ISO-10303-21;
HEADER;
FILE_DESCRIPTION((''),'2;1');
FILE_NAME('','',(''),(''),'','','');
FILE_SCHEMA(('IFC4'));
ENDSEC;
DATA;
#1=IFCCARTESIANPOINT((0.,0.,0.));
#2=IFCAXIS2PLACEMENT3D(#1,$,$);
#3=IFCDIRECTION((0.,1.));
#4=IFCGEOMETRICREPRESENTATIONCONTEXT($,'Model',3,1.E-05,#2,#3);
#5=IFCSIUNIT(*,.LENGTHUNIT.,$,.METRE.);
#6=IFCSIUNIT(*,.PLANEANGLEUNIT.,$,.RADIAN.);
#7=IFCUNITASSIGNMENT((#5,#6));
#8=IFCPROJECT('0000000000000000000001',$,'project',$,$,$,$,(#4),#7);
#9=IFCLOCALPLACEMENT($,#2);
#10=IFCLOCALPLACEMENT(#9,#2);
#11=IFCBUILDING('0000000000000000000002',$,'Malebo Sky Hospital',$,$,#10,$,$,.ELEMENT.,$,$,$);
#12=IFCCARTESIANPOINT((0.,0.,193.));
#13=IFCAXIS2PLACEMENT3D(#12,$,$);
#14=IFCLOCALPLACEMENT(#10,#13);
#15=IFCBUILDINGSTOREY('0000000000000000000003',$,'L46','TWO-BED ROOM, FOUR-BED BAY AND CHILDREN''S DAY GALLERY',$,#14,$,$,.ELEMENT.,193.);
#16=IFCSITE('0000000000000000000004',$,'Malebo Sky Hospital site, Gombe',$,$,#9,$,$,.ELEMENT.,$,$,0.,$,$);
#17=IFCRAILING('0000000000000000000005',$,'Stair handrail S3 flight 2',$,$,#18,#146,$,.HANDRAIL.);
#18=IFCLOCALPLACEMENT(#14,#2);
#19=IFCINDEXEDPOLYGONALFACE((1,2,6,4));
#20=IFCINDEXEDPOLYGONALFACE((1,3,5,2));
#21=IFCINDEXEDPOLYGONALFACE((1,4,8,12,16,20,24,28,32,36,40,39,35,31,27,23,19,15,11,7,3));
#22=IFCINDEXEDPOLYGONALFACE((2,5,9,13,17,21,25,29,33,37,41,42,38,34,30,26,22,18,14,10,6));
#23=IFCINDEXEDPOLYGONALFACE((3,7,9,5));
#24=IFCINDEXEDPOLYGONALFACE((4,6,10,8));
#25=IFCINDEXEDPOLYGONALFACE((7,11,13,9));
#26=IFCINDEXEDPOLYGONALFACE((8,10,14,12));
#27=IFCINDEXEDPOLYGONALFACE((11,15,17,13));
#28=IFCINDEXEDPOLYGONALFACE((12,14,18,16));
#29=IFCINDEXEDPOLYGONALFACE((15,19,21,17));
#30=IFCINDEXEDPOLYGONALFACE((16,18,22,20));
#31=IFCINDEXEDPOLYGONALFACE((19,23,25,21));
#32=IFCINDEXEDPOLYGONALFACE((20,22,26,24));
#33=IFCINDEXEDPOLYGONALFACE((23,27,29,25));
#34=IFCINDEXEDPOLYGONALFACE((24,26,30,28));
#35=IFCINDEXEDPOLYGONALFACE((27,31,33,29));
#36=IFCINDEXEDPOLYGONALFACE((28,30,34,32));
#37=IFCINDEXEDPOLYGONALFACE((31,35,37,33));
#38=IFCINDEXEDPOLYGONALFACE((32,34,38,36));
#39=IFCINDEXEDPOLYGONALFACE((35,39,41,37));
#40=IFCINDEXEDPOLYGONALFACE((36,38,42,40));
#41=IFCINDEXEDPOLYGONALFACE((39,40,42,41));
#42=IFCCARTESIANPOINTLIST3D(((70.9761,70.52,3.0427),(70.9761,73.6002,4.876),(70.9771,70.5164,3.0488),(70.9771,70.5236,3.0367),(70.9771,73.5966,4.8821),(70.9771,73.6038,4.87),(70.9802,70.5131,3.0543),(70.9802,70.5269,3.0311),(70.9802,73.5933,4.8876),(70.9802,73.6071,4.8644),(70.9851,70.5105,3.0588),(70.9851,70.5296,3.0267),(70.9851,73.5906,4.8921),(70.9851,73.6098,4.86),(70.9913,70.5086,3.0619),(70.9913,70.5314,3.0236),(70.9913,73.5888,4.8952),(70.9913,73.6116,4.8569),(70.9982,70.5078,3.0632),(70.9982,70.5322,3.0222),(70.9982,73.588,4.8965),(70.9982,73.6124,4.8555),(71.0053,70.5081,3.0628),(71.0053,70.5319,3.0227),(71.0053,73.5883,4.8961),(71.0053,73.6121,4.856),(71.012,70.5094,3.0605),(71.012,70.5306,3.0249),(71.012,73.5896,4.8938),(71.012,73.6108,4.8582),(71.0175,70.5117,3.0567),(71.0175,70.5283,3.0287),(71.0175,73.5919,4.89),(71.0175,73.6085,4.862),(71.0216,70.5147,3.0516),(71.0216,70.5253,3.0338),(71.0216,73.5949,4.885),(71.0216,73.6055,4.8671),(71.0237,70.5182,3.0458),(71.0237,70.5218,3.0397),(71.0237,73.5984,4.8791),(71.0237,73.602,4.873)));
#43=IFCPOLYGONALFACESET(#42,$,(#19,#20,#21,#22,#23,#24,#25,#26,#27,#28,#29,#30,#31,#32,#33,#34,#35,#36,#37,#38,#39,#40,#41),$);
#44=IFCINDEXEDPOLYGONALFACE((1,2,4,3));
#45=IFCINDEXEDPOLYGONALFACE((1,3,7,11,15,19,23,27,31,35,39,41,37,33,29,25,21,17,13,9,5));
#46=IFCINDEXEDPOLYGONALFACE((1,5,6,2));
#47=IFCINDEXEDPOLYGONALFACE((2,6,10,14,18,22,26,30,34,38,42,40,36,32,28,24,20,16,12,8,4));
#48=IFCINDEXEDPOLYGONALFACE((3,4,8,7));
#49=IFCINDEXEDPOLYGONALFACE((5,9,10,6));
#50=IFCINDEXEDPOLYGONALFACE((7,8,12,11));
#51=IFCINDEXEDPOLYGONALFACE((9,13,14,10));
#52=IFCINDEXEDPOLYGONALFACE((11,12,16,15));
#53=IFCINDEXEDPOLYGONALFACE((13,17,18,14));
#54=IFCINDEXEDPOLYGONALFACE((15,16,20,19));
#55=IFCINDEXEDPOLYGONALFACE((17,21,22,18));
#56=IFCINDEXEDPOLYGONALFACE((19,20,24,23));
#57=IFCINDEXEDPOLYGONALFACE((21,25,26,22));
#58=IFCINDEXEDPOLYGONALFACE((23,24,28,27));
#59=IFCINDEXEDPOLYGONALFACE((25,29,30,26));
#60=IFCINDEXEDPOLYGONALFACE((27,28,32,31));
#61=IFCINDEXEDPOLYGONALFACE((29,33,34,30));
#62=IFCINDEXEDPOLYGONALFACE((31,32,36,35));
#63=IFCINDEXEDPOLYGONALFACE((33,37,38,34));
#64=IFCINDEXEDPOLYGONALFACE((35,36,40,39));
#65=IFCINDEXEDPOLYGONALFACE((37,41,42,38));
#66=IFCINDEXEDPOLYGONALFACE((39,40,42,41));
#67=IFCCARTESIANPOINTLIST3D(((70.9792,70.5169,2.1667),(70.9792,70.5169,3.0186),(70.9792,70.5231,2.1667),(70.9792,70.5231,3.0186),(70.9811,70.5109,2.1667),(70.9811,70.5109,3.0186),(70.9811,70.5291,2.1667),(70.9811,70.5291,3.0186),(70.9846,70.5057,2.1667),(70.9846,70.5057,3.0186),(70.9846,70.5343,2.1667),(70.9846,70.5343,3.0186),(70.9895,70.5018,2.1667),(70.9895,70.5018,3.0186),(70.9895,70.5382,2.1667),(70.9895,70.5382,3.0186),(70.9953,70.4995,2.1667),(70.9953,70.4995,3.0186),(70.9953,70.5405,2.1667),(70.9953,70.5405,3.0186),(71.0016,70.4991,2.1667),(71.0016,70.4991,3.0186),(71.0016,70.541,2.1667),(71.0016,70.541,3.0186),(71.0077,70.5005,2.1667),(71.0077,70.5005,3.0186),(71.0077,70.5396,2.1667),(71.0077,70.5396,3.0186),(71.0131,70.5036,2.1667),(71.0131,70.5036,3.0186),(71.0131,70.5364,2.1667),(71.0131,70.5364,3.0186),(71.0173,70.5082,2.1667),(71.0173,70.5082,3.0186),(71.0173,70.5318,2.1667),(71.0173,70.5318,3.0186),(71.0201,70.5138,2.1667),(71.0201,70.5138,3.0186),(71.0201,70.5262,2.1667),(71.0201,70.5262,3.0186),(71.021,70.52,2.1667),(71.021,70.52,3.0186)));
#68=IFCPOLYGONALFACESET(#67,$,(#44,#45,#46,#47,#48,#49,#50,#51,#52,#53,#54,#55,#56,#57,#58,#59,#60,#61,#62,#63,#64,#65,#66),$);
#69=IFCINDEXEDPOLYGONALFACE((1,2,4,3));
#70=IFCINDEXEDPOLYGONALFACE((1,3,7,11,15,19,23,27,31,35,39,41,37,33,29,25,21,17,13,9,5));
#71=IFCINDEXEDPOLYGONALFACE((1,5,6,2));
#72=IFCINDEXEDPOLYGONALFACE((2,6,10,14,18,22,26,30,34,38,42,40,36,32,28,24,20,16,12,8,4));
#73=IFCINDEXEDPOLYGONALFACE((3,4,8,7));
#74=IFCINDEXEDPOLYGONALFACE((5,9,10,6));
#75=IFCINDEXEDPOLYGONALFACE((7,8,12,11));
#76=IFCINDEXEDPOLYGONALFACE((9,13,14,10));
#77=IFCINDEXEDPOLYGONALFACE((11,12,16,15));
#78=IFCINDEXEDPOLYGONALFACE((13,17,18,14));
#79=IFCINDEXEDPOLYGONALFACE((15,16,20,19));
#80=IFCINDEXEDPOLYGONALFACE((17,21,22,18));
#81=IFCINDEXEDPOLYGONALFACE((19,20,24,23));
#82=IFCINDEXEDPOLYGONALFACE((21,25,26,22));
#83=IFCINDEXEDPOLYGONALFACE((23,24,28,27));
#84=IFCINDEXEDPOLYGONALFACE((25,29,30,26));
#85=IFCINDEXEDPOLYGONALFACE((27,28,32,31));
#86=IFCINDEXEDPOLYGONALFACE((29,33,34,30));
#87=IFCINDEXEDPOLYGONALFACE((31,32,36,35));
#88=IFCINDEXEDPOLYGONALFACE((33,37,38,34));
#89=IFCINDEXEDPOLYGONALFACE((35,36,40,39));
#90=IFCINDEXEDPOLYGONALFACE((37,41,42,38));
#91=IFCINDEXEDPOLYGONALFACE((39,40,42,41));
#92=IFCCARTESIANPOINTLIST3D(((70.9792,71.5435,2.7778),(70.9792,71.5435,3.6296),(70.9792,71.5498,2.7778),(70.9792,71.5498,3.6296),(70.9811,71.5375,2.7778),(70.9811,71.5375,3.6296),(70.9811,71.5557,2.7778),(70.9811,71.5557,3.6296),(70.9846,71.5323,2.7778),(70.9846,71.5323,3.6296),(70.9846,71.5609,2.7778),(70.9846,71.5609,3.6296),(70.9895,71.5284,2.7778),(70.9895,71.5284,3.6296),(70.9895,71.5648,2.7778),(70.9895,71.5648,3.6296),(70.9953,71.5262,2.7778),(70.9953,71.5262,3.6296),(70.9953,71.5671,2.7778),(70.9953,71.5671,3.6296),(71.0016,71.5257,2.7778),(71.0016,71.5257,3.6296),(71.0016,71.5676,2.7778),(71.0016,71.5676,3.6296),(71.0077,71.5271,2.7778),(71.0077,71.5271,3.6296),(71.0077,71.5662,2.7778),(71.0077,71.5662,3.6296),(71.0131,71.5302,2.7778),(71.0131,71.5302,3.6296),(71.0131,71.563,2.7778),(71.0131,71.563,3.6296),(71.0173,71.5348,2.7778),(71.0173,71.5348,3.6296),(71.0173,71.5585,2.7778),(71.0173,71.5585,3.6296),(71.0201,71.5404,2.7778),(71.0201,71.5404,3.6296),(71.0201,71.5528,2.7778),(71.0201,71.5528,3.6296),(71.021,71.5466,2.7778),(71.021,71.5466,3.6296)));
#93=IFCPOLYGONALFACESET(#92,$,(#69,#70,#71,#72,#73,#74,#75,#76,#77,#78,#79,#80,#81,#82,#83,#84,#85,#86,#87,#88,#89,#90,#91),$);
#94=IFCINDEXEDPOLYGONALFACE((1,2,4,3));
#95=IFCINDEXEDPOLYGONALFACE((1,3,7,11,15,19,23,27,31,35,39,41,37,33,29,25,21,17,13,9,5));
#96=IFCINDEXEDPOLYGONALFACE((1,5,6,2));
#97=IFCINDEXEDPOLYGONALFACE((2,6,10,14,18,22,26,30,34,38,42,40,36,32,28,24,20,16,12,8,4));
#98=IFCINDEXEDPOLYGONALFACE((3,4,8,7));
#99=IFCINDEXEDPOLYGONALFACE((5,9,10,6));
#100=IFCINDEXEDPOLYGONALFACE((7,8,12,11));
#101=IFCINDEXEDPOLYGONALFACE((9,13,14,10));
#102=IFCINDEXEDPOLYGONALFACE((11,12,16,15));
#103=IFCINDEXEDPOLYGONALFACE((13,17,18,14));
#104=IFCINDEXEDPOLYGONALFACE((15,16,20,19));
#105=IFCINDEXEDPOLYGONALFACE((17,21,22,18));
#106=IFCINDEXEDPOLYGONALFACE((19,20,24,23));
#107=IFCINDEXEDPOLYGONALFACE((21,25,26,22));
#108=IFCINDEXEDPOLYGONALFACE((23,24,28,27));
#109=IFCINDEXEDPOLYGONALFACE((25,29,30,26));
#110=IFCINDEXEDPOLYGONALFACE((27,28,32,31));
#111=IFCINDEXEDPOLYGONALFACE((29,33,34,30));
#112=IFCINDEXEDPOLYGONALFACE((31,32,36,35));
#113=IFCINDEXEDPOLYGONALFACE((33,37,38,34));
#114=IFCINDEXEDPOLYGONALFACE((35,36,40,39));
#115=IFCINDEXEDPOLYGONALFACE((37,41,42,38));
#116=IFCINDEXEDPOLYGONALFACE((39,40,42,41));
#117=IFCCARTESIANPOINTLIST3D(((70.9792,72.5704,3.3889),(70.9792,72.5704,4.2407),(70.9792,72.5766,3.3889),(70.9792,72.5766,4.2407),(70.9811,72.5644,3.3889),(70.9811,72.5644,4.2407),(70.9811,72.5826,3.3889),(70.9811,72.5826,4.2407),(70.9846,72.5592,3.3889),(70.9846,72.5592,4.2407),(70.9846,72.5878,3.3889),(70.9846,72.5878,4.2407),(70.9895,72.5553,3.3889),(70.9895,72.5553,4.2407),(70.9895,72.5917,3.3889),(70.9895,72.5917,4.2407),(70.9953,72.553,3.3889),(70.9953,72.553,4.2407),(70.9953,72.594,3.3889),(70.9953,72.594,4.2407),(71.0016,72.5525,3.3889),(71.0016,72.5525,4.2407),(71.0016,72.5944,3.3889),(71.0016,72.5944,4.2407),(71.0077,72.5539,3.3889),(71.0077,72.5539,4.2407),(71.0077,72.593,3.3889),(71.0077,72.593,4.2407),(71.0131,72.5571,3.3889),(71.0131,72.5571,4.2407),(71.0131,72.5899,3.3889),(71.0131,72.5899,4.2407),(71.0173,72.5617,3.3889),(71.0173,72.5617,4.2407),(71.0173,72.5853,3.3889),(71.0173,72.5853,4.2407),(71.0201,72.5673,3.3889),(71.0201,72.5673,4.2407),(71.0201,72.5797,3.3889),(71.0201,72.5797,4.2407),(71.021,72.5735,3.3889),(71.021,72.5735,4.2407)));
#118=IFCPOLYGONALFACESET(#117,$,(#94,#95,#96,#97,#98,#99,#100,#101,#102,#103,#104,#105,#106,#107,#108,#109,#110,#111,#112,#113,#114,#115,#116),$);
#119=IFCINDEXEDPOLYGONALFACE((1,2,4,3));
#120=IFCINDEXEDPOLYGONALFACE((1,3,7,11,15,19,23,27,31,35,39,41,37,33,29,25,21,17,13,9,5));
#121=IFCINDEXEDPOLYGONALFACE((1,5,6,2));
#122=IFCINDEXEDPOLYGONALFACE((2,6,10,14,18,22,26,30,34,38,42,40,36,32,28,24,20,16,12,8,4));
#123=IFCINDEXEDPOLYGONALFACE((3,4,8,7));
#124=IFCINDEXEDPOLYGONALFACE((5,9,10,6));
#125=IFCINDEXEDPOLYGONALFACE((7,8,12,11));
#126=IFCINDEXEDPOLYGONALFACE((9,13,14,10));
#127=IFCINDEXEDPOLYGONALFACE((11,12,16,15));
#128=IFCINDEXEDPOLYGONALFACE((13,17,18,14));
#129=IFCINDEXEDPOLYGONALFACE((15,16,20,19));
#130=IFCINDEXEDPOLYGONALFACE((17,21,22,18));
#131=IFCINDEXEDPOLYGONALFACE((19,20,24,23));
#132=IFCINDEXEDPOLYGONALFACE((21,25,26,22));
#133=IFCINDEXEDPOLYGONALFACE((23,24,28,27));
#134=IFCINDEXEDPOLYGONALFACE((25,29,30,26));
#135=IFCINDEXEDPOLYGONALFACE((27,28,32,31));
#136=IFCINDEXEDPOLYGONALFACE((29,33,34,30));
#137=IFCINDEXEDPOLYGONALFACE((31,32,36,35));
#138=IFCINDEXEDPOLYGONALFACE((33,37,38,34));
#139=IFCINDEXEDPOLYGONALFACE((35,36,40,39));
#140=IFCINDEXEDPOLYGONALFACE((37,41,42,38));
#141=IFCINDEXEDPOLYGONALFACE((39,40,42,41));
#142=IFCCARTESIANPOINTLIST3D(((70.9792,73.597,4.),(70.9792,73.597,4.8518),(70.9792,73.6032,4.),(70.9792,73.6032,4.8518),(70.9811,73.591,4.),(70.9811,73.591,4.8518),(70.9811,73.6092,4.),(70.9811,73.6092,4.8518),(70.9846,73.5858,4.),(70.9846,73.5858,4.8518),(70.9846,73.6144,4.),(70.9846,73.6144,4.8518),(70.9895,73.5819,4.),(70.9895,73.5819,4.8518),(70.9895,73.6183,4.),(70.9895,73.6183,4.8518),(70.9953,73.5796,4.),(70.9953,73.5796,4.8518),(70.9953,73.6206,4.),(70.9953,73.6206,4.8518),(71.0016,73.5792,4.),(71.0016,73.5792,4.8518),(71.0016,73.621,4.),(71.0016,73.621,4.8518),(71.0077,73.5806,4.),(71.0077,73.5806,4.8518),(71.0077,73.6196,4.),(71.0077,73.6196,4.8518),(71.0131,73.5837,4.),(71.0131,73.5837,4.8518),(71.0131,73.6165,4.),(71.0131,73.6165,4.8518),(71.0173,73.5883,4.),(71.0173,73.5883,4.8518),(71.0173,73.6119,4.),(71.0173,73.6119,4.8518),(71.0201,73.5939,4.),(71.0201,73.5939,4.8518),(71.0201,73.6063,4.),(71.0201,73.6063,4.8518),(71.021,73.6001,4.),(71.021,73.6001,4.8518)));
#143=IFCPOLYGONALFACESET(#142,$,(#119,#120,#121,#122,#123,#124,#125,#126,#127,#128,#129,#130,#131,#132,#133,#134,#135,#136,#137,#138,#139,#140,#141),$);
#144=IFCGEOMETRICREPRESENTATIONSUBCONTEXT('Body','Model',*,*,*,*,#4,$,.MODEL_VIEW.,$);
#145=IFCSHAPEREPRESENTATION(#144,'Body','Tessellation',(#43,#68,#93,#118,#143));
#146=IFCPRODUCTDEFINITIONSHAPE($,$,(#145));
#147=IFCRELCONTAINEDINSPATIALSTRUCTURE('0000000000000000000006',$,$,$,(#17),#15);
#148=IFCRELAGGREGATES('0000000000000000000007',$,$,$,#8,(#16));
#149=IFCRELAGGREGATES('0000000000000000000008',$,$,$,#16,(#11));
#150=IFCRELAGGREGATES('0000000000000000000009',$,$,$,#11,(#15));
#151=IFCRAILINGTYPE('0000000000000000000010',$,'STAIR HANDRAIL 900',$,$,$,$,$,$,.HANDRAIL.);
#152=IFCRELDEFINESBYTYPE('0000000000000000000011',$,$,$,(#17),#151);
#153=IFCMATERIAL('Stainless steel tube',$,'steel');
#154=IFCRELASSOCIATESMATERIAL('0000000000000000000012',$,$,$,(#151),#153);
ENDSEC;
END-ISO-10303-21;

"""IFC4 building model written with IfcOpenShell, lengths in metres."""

from ifc_helpers import new_model, si_unit, direction, frame, origin, origin_2d, place, context, subcontext, project, spatial, circle, extrude, material, type_object, element, save


model = new_model("IFC4")

# Units and contexts
model_context = context("Model", 3, precision=1e-05, world=origin(), true_north=direction((0.0, 1.0)))
body_context = subcontext(model_context, "Body", "Model", "MODEL_VIEW")
ifc_project = project(units=[si_unit("LENGTHUNIT", "METRE"), si_unit("PLANEANGLEUNIT", "RADIAN")], contexts=[model_context])

# Site, building, storey
site_placement = place(None, origin())
site = spatial("IfcSite", under=ifc_project, at=site_placement, Name="Malebo Sky Hospital site, Gombe", CompositionType="ELEMENT", RefElevation=0.0)
building_placement = place(site_placement, origin())
building = spatial("IfcBuilding", under=site, at=building_placement, Name="Malebo Sky Hospital", CompositionType="ELEMENT")
storey_placement = place(building_placement, frame((0.0, 0.0, 193.0)))
storey = spatial("IfcBuildingStorey", under=building, at=storey_placement, Name="L46", Description="TWO-BED ROOM, FOUR-BED BAY AND CHILDREN'S DAY GALLERY", CompositionType="ELEMENT", Elevation=193.0)

# Railing
ifc_material_1 = material(Name="Stainless steel tube", Category="steel")
railing_type = type_object("IfcRailingType", Name="STAIR HANDRAIL 900", PredefinedType="HANDRAIL", material=ifc_material_1)
railing_1_placement = place(storey_placement, frame((71.0, 70.52, 2.1667)))
element("IfcRailing", 1, at=railing_1_placement, inside=storey, type_object=railing_type, Name="Stair handrail S3 flight 2", PredefinedType="HANDRAIL", context=body_context, shape_type="SweptSolid", body=[
    extrude(circle(Radius=0.0239, at=origin_2d()), frame((0.0, 0.0, 0.876), z_axis=(0.0, 0.859309, 0.511458), x_axis=(-1.0, 0.0, 0.0)), (0.0, 0.0, 1.0), 3.5845),
    extrude(circle(Radius=0.021, at=origin_2d()), origin(), (0.0, 0.0, 1.0), 0.8518),
    extrude(circle(Radius=0.021, at=origin_2d()), frame((0.0, 1.0266, 0.6111)), (0.0, 0.0, 1.0), 0.8518),
    extrude(circle(Radius=0.021, at=origin_2d()), frame((0.0, 2.0535, 1.2222)), (0.0, 0.0, 1.0), 0.8518),
    extrude(circle(Radius=0.021, at=origin_2d()), frame((0.0, 3.0801, 1.8333)), (0.0, 0.0, 1.0), 0.8518),
])

save(model, "model.ifc")
